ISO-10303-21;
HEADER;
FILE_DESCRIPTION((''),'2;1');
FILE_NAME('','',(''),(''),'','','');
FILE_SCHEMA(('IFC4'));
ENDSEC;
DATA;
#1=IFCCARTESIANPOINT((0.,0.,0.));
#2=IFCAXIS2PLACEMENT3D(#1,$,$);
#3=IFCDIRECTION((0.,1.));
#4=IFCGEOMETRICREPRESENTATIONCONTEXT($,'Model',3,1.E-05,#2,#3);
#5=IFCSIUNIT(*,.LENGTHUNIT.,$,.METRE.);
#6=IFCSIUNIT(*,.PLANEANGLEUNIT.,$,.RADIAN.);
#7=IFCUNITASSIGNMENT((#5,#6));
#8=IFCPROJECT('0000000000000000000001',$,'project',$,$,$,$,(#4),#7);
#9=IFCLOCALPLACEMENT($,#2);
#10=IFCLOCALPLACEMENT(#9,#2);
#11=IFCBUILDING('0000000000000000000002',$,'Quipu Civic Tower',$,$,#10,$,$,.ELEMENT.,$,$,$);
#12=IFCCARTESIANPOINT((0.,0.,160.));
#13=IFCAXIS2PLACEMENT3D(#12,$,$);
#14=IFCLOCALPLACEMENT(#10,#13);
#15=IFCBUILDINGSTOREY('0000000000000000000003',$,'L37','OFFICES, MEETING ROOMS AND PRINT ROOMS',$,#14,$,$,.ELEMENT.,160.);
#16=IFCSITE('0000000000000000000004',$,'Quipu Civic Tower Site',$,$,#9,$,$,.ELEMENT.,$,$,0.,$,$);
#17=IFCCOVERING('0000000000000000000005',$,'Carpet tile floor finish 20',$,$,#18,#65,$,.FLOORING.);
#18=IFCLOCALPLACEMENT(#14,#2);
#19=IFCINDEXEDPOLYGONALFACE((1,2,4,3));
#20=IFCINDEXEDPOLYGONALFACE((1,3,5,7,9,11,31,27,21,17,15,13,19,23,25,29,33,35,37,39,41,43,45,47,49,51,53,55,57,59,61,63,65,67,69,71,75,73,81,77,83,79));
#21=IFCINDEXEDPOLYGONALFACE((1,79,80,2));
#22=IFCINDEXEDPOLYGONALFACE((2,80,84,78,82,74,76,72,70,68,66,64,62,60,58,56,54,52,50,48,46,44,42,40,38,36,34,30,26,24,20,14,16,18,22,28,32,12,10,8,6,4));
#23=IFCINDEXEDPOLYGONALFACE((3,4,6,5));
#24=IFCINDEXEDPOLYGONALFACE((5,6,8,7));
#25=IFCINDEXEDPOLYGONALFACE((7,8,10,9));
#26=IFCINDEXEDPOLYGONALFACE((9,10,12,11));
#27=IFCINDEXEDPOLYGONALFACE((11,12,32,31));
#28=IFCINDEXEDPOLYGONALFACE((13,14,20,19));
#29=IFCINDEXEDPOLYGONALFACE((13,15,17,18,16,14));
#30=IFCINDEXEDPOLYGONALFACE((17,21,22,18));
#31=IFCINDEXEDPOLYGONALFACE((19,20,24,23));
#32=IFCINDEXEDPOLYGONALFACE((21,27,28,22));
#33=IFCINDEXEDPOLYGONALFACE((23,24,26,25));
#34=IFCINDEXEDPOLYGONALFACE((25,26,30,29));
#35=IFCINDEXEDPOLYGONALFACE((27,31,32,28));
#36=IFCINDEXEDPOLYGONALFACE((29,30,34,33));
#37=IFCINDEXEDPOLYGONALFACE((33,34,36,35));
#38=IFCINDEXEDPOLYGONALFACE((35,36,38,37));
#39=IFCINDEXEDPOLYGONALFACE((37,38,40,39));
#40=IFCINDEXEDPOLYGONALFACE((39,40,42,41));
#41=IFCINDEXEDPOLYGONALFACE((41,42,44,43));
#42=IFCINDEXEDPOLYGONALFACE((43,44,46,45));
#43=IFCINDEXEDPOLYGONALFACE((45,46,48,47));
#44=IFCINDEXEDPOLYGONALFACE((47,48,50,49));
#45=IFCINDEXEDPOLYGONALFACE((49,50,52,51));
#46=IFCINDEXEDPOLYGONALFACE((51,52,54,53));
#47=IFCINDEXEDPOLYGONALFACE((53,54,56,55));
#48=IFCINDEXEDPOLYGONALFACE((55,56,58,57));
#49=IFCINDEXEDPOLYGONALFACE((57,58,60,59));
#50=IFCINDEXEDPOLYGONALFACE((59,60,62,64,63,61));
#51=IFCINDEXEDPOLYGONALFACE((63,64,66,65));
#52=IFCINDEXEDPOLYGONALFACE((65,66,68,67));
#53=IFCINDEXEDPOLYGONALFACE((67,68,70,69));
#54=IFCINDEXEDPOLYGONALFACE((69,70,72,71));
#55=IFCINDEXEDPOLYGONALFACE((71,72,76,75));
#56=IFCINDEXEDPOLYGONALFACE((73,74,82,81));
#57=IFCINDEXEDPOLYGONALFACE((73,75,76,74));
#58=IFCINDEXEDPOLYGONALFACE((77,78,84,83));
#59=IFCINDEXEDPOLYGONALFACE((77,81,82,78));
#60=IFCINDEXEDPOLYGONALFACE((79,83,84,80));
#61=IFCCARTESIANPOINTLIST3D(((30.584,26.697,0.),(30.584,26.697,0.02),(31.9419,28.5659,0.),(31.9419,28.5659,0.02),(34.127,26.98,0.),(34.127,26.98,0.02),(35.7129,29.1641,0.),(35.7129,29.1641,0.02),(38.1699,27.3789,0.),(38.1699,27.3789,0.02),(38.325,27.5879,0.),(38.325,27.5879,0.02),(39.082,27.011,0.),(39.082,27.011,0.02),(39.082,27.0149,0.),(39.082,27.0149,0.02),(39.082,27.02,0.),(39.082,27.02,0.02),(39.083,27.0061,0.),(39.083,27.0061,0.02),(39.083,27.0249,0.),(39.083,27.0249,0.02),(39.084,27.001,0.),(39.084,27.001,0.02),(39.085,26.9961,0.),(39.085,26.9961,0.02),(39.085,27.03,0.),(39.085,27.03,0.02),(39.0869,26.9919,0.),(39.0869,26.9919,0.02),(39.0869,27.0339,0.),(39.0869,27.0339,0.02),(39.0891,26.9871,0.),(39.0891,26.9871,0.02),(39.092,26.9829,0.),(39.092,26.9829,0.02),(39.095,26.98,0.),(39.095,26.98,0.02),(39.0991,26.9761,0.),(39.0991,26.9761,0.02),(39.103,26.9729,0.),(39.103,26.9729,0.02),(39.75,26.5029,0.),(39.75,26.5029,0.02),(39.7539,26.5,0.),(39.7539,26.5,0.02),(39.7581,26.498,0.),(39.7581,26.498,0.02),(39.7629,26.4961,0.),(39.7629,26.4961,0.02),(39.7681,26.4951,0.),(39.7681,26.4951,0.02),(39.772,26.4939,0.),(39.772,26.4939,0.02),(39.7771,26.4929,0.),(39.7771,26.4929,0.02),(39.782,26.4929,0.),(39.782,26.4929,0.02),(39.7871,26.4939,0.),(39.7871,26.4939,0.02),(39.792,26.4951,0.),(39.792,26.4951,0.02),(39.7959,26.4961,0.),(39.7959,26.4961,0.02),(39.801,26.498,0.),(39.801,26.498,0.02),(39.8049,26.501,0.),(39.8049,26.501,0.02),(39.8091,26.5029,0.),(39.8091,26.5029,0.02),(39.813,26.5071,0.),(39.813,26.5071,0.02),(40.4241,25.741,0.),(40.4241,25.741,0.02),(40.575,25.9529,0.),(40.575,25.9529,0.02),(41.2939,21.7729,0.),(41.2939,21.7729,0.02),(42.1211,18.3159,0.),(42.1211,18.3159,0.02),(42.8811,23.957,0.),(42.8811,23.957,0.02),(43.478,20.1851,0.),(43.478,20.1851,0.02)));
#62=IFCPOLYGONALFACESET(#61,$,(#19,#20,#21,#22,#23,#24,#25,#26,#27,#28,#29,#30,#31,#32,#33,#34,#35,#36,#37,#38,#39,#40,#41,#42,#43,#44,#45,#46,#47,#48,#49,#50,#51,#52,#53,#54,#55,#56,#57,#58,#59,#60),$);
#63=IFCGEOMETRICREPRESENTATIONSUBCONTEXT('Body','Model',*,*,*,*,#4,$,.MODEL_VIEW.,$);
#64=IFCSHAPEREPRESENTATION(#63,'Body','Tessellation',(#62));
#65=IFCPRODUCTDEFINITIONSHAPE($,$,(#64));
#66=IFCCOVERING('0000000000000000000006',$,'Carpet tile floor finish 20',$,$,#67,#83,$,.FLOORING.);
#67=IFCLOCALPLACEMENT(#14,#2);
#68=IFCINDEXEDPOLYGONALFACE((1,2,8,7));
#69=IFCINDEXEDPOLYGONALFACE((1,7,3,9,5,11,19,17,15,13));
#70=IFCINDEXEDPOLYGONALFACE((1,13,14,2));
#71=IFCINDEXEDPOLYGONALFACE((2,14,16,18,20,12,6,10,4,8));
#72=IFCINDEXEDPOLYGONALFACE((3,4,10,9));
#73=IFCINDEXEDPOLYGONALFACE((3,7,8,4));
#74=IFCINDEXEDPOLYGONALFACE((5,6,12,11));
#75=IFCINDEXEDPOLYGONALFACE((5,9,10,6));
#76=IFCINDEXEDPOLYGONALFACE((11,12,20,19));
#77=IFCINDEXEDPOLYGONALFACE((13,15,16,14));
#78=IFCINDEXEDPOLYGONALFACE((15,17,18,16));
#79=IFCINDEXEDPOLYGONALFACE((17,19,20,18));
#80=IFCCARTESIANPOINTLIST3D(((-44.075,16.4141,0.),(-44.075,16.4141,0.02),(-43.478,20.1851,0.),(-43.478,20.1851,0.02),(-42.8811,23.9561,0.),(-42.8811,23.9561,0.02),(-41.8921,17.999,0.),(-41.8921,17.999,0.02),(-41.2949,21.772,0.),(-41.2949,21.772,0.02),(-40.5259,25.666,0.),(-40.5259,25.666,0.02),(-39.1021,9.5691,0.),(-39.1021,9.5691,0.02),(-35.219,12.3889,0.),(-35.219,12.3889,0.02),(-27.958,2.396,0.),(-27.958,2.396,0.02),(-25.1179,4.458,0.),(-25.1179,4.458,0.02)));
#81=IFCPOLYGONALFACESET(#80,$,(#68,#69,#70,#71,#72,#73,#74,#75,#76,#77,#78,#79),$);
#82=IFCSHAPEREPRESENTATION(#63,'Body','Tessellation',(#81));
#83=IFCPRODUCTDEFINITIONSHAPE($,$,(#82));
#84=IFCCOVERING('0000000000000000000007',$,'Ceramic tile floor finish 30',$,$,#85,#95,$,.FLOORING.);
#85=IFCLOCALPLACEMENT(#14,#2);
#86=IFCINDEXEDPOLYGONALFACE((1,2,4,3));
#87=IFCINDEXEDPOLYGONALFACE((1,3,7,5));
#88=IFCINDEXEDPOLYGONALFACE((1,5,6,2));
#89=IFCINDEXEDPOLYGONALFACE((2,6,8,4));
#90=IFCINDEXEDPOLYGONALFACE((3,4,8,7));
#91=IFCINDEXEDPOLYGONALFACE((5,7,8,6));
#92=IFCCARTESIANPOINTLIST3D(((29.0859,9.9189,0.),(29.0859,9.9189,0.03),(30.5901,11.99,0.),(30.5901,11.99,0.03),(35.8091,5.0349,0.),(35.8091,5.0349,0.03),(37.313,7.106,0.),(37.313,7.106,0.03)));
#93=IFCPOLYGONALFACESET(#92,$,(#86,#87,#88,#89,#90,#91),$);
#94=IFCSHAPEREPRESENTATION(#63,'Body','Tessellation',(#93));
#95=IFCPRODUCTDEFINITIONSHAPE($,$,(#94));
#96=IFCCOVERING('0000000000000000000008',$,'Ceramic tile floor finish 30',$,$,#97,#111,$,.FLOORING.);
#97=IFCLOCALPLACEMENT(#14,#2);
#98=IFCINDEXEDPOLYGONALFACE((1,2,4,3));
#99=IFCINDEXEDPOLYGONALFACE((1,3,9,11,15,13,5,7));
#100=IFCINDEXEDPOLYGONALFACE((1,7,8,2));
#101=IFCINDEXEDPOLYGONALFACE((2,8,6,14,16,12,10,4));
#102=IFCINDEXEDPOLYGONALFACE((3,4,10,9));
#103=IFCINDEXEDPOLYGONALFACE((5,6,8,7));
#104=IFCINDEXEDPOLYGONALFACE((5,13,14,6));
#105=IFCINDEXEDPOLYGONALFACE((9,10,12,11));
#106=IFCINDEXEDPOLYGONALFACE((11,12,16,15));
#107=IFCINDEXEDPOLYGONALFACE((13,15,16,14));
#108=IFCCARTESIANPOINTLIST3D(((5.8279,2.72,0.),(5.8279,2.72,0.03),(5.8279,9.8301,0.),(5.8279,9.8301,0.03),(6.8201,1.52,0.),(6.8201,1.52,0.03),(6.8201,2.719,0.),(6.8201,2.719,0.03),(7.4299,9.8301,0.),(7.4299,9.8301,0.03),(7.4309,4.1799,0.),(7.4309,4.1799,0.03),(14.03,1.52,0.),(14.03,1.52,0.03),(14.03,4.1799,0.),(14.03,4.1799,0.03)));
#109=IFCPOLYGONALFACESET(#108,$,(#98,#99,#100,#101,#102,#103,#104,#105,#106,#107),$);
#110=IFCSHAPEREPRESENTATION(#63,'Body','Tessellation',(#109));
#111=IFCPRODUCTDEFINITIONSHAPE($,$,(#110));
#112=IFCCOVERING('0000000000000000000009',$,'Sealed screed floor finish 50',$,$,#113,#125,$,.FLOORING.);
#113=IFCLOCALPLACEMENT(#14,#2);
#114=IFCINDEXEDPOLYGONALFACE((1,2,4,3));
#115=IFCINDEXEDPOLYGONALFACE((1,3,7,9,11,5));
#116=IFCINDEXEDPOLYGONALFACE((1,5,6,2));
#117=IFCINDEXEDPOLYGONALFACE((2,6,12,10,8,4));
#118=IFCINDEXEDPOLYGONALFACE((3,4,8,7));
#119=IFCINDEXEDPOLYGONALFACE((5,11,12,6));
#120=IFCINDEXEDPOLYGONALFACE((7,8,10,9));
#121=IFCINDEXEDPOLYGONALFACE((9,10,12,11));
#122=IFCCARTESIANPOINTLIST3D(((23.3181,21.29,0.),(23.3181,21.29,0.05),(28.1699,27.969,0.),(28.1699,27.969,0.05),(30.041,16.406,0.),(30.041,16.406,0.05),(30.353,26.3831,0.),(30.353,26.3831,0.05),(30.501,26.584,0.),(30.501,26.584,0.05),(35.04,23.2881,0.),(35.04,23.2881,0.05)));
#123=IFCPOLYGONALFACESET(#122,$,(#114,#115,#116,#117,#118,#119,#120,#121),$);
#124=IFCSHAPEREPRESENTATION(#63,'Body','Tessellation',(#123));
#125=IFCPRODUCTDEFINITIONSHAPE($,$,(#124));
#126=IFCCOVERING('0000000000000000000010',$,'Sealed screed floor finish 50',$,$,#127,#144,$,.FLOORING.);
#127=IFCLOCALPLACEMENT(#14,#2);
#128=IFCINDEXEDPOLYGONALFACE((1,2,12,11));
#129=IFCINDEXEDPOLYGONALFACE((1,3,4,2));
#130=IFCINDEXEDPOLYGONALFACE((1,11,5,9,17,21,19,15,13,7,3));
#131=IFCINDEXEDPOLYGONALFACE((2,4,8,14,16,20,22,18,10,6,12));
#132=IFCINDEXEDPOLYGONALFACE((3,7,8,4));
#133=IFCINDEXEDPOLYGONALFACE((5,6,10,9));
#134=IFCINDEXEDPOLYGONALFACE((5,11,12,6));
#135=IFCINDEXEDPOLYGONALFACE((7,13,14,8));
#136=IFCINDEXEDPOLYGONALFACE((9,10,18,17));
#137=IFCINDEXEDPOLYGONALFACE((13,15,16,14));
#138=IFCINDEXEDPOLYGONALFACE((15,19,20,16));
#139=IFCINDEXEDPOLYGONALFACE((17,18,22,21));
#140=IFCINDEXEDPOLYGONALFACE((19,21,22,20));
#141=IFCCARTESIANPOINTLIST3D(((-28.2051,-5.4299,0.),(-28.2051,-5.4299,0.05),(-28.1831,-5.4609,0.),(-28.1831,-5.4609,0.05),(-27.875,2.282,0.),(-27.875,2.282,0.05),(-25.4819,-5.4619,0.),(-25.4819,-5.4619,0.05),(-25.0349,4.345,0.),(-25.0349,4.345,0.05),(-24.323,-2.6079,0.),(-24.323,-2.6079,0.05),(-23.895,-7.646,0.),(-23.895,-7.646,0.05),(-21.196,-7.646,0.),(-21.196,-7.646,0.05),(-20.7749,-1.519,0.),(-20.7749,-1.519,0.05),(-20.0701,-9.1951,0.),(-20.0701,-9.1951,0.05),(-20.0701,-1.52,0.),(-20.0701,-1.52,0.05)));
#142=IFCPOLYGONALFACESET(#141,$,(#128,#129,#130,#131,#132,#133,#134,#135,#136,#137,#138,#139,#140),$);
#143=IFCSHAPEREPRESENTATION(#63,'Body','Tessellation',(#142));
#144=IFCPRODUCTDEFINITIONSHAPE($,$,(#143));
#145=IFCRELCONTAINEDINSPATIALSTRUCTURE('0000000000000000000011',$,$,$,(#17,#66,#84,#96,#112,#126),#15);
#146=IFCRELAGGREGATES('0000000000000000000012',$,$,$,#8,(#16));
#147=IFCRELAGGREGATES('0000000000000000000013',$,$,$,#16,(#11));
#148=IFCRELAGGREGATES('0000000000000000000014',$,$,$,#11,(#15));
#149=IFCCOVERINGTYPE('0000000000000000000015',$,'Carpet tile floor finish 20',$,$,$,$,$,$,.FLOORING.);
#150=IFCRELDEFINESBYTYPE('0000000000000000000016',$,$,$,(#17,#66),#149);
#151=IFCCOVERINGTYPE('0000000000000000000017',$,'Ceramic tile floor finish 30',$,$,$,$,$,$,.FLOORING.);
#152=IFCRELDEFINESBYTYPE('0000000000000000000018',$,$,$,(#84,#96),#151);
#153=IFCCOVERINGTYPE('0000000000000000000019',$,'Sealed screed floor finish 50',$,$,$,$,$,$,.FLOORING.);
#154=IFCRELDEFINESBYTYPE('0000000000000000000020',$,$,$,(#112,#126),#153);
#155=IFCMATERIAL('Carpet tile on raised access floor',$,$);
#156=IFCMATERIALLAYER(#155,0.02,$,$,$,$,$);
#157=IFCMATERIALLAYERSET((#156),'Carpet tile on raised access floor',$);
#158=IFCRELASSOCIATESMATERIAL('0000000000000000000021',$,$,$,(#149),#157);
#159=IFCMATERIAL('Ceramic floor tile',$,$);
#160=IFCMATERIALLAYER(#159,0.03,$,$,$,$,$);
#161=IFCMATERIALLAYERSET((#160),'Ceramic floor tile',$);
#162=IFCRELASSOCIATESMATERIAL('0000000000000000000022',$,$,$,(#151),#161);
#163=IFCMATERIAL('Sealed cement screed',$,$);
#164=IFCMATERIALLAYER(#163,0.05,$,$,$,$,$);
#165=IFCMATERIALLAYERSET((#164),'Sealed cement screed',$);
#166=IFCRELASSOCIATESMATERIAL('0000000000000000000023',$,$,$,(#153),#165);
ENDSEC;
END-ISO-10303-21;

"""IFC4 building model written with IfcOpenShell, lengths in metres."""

from ifc_helpers import new_model, si_unit, direction, frame, origin, place, context, subcontext, project, spatial, polyline, outline, extrude, material, layer, layer_set, type_object, element, save


model = new_model("IFC4")

# Units and contexts
model_context = context("Model", 3, precision=1e-05, world=origin(), true_north=direction((0.0, 1.0)))
body_context = subcontext(model_context, "Body", "Model", "MODEL_VIEW")
ifc_project = project(units=[si_unit("LENGTHUNIT", "METRE"), si_unit("PLANEANGLEUNIT", "RADIAN")], contexts=[model_context])

# Site, building, storey
site_placement = place(None, origin())
site = spatial("IfcSite", under=ifc_project, at=site_placement, Name="Quipu Civic Tower Site", CompositionType="ELEMENT", RefElevation=0.0)
building_placement = place(site_placement, origin())
building = spatial("IfcBuilding", under=site, at=building_placement, Name="Quipu Civic Tower", CompositionType="ELEMENT")
storey_placement = place(building_placement, frame((0.0, 0.0, 160.0)))
storey = spatial("IfcBuildingStorey", under=building, at=storey_placement, Name="L37", Description="OFFICES, MEETING ROOMS AND PRINT ROOMS", CompositionType="ELEMENT", Elevation=160.0)

# Coverings
ifc_material_1 = material(Name="Carpet tile on raised access floor")
ifc_layer_1 = layer(ifc_material_1, 0.02)
ifc_layer_set_1 = layer_set([ifc_layer_1], Name="Carpet tile on raised access floor")
covering_type_1 = type_object("IfcCoveringType", Name="Carpet tile floor finish 20", PredefinedType="FLOORING", material=ifc_layer_set_1)
covering_1_placement = place(storey_placement, origin())
element("IfcCovering", 1, at=covering_1_placement, inside=storey, type_object=covering_type_1, Name="Carpet tile floor finish 20", PredefinedType="FLOORING", context=body_context, shape_type="SweptSolid", body=[
    extrude(outline(polyline([(30.584, 26.697), (31.9419, 28.5659), (34.127, 26.98), (35.7129, 29.1641), (38.1699, 27.3789), (38.325, 27.5879), (39.0869, 27.0339), (39.085, 27.03), (39.083, 27.0249), (39.082, 27.02), (39.082, 27.0149), (39.082, 27.011), (39.083, 27.0061), (39.084, 27.001), (39.085, 26.9961), (39.0869, 26.9919), (39.0891, 26.9871), (39.092, 26.9829), (39.095, 26.98), (39.0991, 26.9761), (39.103, 26.9729), (39.75, 26.5029), (39.7539, 26.5), (39.7581, 26.498), (39.7629, 26.4961), (39.7681, 26.4951), (39.772, 26.4939), (39.7771, 26.4929), (39.782, 26.4929), (39.7871, 26.4939), (39.792, 26.4951), (39.7959, 26.4961), (39.801, 26.498), (39.8049, 26.501), (39.8091, 26.5029), (39.813, 26.5071), (40.575, 25.9529), (40.4241, 25.741), (42.8811, 23.957), (41.2939, 21.7729), (43.478, 20.1851), (42.1211, 18.3159), (30.584, 26.697)])), origin(), (0.0, 0.0, 1.0), 0.02),
])
covering_2_placement = place(storey_placement, origin())
element("IfcCovering", 2, at=covering_2_placement, inside=storey, type_object=covering_type_1, Name="Carpet tile floor finish 20", PredefinedType="FLOORING", context=body_context, shape_type="SweptSolid", body=[
    extrude(outline(polyline([(-44.075, 16.4141), (-41.8921, 17.999), (-43.478, 20.1851), (-41.2949, 21.772), (-42.8811, 23.9561), (-40.5259, 25.666), (-25.1179, 4.458), (-27.958, 2.396), (-35.219, 12.3889), (-39.1021, 9.5691), (-44.075, 16.4141)])), origin(), (0.0, 0.0, 1.0), 0.02),
])
ifc_material_2 = material(Name="Ceramic floor tile")
ifc_layer_2 = layer(ifc_material_2, 0.03)
ifc_layer_set_2 = layer_set([ifc_layer_2], Name="Ceramic floor tile")
covering_type_2 = type_object("IfcCoveringType", Name="Ceramic tile floor finish 30", PredefinedType="FLOORING", material=ifc_layer_set_2)
covering_3_placement = place(storey_placement, origin())
element("IfcCovering", 3, at=covering_3_placement, inside=storey, type_object=covering_type_2, Name="Ceramic tile floor finish 30", PredefinedType="FLOORING", context=body_context, shape_type="SweptSolid", body=[
    extrude(outline(polyline([(29.0859, 9.9189), (30.5901, 11.99), (37.313, 7.106), (35.8091, 5.0349), (29.0859, 9.9189)])), origin(), (0.0, 0.0, 1.0), 0.03),
])
covering_4_placement = place(storey_placement, origin())
element("IfcCovering", 4, at=covering_4_placement, inside=storey, type_object=covering_type_2, Name="Ceramic tile floor finish 30", PredefinedType="FLOORING", context=body_context, shape_type="SweptSolid", body=[
    extrude(outline(polyline([(5.8279, 2.72), (5.8279, 9.8301), (7.4299, 9.8301), (7.4309, 4.1799), (14.03, 4.1799), (14.03, 1.52), (6.8201, 1.52), (6.8201, 2.719), (5.8279, 2.72)])), origin(), (0.0, 0.0, 1.0), 0.03),
])
ifc_material_3 = material(Name="Sealed cement screed")
ifc_layer_3 = layer(ifc_material_3, 0.05)
ifc_layer_set_3 = layer_set([ifc_layer_3], Name="Sealed cement screed")
covering_type_3 = type_object("IfcCoveringType", Name="Sealed screed floor finish 50", PredefinedType="FLOORING", material=ifc_layer_set_3)
covering_5_placement = place(storey_placement, origin())
element("IfcCovering", 5, at=covering_5_placement, inside=storey, type_object=covering_type_3, Name="Sealed screed floor finish 50", PredefinedType="FLOORING", context=body_context, shape_type="SweptSolid", body=[
    extrude(outline(polyline([(23.3181, 21.29), (28.1699, 27.969), (30.353, 26.3831), (30.501, 26.584), (35.04, 23.2881), (30.041, 16.406), (23.3181, 21.29)])), origin(), (0.0, 0.0, 1.0), 0.05),
])
covering_6_placement = place(storey_placement, origin())
element("IfcCovering", 6, at=covering_6_placement, inside=storey, type_object=covering_type_3, Name="Sealed screed floor finish 50", PredefinedType="FLOORING", context=body_context, shape_type="SweptSolid", body=[
    extrude(outline(polyline([(-28.2051, -5.4299), (-24.323, -2.6079), (-27.875, 2.282), (-25.0349, 4.345), (-20.7749, -1.519), (-20.0701, -1.52), (-20.0701, -9.1951), (-21.196, -7.646), (-23.895, -7.646), (-25.4819, -5.4619), (-28.1831, -5.4609), (-28.2051, -5.4299)])), origin(), (0.0, 0.0, 1.0), 0.05),
])

save(model, "model.ifc")
